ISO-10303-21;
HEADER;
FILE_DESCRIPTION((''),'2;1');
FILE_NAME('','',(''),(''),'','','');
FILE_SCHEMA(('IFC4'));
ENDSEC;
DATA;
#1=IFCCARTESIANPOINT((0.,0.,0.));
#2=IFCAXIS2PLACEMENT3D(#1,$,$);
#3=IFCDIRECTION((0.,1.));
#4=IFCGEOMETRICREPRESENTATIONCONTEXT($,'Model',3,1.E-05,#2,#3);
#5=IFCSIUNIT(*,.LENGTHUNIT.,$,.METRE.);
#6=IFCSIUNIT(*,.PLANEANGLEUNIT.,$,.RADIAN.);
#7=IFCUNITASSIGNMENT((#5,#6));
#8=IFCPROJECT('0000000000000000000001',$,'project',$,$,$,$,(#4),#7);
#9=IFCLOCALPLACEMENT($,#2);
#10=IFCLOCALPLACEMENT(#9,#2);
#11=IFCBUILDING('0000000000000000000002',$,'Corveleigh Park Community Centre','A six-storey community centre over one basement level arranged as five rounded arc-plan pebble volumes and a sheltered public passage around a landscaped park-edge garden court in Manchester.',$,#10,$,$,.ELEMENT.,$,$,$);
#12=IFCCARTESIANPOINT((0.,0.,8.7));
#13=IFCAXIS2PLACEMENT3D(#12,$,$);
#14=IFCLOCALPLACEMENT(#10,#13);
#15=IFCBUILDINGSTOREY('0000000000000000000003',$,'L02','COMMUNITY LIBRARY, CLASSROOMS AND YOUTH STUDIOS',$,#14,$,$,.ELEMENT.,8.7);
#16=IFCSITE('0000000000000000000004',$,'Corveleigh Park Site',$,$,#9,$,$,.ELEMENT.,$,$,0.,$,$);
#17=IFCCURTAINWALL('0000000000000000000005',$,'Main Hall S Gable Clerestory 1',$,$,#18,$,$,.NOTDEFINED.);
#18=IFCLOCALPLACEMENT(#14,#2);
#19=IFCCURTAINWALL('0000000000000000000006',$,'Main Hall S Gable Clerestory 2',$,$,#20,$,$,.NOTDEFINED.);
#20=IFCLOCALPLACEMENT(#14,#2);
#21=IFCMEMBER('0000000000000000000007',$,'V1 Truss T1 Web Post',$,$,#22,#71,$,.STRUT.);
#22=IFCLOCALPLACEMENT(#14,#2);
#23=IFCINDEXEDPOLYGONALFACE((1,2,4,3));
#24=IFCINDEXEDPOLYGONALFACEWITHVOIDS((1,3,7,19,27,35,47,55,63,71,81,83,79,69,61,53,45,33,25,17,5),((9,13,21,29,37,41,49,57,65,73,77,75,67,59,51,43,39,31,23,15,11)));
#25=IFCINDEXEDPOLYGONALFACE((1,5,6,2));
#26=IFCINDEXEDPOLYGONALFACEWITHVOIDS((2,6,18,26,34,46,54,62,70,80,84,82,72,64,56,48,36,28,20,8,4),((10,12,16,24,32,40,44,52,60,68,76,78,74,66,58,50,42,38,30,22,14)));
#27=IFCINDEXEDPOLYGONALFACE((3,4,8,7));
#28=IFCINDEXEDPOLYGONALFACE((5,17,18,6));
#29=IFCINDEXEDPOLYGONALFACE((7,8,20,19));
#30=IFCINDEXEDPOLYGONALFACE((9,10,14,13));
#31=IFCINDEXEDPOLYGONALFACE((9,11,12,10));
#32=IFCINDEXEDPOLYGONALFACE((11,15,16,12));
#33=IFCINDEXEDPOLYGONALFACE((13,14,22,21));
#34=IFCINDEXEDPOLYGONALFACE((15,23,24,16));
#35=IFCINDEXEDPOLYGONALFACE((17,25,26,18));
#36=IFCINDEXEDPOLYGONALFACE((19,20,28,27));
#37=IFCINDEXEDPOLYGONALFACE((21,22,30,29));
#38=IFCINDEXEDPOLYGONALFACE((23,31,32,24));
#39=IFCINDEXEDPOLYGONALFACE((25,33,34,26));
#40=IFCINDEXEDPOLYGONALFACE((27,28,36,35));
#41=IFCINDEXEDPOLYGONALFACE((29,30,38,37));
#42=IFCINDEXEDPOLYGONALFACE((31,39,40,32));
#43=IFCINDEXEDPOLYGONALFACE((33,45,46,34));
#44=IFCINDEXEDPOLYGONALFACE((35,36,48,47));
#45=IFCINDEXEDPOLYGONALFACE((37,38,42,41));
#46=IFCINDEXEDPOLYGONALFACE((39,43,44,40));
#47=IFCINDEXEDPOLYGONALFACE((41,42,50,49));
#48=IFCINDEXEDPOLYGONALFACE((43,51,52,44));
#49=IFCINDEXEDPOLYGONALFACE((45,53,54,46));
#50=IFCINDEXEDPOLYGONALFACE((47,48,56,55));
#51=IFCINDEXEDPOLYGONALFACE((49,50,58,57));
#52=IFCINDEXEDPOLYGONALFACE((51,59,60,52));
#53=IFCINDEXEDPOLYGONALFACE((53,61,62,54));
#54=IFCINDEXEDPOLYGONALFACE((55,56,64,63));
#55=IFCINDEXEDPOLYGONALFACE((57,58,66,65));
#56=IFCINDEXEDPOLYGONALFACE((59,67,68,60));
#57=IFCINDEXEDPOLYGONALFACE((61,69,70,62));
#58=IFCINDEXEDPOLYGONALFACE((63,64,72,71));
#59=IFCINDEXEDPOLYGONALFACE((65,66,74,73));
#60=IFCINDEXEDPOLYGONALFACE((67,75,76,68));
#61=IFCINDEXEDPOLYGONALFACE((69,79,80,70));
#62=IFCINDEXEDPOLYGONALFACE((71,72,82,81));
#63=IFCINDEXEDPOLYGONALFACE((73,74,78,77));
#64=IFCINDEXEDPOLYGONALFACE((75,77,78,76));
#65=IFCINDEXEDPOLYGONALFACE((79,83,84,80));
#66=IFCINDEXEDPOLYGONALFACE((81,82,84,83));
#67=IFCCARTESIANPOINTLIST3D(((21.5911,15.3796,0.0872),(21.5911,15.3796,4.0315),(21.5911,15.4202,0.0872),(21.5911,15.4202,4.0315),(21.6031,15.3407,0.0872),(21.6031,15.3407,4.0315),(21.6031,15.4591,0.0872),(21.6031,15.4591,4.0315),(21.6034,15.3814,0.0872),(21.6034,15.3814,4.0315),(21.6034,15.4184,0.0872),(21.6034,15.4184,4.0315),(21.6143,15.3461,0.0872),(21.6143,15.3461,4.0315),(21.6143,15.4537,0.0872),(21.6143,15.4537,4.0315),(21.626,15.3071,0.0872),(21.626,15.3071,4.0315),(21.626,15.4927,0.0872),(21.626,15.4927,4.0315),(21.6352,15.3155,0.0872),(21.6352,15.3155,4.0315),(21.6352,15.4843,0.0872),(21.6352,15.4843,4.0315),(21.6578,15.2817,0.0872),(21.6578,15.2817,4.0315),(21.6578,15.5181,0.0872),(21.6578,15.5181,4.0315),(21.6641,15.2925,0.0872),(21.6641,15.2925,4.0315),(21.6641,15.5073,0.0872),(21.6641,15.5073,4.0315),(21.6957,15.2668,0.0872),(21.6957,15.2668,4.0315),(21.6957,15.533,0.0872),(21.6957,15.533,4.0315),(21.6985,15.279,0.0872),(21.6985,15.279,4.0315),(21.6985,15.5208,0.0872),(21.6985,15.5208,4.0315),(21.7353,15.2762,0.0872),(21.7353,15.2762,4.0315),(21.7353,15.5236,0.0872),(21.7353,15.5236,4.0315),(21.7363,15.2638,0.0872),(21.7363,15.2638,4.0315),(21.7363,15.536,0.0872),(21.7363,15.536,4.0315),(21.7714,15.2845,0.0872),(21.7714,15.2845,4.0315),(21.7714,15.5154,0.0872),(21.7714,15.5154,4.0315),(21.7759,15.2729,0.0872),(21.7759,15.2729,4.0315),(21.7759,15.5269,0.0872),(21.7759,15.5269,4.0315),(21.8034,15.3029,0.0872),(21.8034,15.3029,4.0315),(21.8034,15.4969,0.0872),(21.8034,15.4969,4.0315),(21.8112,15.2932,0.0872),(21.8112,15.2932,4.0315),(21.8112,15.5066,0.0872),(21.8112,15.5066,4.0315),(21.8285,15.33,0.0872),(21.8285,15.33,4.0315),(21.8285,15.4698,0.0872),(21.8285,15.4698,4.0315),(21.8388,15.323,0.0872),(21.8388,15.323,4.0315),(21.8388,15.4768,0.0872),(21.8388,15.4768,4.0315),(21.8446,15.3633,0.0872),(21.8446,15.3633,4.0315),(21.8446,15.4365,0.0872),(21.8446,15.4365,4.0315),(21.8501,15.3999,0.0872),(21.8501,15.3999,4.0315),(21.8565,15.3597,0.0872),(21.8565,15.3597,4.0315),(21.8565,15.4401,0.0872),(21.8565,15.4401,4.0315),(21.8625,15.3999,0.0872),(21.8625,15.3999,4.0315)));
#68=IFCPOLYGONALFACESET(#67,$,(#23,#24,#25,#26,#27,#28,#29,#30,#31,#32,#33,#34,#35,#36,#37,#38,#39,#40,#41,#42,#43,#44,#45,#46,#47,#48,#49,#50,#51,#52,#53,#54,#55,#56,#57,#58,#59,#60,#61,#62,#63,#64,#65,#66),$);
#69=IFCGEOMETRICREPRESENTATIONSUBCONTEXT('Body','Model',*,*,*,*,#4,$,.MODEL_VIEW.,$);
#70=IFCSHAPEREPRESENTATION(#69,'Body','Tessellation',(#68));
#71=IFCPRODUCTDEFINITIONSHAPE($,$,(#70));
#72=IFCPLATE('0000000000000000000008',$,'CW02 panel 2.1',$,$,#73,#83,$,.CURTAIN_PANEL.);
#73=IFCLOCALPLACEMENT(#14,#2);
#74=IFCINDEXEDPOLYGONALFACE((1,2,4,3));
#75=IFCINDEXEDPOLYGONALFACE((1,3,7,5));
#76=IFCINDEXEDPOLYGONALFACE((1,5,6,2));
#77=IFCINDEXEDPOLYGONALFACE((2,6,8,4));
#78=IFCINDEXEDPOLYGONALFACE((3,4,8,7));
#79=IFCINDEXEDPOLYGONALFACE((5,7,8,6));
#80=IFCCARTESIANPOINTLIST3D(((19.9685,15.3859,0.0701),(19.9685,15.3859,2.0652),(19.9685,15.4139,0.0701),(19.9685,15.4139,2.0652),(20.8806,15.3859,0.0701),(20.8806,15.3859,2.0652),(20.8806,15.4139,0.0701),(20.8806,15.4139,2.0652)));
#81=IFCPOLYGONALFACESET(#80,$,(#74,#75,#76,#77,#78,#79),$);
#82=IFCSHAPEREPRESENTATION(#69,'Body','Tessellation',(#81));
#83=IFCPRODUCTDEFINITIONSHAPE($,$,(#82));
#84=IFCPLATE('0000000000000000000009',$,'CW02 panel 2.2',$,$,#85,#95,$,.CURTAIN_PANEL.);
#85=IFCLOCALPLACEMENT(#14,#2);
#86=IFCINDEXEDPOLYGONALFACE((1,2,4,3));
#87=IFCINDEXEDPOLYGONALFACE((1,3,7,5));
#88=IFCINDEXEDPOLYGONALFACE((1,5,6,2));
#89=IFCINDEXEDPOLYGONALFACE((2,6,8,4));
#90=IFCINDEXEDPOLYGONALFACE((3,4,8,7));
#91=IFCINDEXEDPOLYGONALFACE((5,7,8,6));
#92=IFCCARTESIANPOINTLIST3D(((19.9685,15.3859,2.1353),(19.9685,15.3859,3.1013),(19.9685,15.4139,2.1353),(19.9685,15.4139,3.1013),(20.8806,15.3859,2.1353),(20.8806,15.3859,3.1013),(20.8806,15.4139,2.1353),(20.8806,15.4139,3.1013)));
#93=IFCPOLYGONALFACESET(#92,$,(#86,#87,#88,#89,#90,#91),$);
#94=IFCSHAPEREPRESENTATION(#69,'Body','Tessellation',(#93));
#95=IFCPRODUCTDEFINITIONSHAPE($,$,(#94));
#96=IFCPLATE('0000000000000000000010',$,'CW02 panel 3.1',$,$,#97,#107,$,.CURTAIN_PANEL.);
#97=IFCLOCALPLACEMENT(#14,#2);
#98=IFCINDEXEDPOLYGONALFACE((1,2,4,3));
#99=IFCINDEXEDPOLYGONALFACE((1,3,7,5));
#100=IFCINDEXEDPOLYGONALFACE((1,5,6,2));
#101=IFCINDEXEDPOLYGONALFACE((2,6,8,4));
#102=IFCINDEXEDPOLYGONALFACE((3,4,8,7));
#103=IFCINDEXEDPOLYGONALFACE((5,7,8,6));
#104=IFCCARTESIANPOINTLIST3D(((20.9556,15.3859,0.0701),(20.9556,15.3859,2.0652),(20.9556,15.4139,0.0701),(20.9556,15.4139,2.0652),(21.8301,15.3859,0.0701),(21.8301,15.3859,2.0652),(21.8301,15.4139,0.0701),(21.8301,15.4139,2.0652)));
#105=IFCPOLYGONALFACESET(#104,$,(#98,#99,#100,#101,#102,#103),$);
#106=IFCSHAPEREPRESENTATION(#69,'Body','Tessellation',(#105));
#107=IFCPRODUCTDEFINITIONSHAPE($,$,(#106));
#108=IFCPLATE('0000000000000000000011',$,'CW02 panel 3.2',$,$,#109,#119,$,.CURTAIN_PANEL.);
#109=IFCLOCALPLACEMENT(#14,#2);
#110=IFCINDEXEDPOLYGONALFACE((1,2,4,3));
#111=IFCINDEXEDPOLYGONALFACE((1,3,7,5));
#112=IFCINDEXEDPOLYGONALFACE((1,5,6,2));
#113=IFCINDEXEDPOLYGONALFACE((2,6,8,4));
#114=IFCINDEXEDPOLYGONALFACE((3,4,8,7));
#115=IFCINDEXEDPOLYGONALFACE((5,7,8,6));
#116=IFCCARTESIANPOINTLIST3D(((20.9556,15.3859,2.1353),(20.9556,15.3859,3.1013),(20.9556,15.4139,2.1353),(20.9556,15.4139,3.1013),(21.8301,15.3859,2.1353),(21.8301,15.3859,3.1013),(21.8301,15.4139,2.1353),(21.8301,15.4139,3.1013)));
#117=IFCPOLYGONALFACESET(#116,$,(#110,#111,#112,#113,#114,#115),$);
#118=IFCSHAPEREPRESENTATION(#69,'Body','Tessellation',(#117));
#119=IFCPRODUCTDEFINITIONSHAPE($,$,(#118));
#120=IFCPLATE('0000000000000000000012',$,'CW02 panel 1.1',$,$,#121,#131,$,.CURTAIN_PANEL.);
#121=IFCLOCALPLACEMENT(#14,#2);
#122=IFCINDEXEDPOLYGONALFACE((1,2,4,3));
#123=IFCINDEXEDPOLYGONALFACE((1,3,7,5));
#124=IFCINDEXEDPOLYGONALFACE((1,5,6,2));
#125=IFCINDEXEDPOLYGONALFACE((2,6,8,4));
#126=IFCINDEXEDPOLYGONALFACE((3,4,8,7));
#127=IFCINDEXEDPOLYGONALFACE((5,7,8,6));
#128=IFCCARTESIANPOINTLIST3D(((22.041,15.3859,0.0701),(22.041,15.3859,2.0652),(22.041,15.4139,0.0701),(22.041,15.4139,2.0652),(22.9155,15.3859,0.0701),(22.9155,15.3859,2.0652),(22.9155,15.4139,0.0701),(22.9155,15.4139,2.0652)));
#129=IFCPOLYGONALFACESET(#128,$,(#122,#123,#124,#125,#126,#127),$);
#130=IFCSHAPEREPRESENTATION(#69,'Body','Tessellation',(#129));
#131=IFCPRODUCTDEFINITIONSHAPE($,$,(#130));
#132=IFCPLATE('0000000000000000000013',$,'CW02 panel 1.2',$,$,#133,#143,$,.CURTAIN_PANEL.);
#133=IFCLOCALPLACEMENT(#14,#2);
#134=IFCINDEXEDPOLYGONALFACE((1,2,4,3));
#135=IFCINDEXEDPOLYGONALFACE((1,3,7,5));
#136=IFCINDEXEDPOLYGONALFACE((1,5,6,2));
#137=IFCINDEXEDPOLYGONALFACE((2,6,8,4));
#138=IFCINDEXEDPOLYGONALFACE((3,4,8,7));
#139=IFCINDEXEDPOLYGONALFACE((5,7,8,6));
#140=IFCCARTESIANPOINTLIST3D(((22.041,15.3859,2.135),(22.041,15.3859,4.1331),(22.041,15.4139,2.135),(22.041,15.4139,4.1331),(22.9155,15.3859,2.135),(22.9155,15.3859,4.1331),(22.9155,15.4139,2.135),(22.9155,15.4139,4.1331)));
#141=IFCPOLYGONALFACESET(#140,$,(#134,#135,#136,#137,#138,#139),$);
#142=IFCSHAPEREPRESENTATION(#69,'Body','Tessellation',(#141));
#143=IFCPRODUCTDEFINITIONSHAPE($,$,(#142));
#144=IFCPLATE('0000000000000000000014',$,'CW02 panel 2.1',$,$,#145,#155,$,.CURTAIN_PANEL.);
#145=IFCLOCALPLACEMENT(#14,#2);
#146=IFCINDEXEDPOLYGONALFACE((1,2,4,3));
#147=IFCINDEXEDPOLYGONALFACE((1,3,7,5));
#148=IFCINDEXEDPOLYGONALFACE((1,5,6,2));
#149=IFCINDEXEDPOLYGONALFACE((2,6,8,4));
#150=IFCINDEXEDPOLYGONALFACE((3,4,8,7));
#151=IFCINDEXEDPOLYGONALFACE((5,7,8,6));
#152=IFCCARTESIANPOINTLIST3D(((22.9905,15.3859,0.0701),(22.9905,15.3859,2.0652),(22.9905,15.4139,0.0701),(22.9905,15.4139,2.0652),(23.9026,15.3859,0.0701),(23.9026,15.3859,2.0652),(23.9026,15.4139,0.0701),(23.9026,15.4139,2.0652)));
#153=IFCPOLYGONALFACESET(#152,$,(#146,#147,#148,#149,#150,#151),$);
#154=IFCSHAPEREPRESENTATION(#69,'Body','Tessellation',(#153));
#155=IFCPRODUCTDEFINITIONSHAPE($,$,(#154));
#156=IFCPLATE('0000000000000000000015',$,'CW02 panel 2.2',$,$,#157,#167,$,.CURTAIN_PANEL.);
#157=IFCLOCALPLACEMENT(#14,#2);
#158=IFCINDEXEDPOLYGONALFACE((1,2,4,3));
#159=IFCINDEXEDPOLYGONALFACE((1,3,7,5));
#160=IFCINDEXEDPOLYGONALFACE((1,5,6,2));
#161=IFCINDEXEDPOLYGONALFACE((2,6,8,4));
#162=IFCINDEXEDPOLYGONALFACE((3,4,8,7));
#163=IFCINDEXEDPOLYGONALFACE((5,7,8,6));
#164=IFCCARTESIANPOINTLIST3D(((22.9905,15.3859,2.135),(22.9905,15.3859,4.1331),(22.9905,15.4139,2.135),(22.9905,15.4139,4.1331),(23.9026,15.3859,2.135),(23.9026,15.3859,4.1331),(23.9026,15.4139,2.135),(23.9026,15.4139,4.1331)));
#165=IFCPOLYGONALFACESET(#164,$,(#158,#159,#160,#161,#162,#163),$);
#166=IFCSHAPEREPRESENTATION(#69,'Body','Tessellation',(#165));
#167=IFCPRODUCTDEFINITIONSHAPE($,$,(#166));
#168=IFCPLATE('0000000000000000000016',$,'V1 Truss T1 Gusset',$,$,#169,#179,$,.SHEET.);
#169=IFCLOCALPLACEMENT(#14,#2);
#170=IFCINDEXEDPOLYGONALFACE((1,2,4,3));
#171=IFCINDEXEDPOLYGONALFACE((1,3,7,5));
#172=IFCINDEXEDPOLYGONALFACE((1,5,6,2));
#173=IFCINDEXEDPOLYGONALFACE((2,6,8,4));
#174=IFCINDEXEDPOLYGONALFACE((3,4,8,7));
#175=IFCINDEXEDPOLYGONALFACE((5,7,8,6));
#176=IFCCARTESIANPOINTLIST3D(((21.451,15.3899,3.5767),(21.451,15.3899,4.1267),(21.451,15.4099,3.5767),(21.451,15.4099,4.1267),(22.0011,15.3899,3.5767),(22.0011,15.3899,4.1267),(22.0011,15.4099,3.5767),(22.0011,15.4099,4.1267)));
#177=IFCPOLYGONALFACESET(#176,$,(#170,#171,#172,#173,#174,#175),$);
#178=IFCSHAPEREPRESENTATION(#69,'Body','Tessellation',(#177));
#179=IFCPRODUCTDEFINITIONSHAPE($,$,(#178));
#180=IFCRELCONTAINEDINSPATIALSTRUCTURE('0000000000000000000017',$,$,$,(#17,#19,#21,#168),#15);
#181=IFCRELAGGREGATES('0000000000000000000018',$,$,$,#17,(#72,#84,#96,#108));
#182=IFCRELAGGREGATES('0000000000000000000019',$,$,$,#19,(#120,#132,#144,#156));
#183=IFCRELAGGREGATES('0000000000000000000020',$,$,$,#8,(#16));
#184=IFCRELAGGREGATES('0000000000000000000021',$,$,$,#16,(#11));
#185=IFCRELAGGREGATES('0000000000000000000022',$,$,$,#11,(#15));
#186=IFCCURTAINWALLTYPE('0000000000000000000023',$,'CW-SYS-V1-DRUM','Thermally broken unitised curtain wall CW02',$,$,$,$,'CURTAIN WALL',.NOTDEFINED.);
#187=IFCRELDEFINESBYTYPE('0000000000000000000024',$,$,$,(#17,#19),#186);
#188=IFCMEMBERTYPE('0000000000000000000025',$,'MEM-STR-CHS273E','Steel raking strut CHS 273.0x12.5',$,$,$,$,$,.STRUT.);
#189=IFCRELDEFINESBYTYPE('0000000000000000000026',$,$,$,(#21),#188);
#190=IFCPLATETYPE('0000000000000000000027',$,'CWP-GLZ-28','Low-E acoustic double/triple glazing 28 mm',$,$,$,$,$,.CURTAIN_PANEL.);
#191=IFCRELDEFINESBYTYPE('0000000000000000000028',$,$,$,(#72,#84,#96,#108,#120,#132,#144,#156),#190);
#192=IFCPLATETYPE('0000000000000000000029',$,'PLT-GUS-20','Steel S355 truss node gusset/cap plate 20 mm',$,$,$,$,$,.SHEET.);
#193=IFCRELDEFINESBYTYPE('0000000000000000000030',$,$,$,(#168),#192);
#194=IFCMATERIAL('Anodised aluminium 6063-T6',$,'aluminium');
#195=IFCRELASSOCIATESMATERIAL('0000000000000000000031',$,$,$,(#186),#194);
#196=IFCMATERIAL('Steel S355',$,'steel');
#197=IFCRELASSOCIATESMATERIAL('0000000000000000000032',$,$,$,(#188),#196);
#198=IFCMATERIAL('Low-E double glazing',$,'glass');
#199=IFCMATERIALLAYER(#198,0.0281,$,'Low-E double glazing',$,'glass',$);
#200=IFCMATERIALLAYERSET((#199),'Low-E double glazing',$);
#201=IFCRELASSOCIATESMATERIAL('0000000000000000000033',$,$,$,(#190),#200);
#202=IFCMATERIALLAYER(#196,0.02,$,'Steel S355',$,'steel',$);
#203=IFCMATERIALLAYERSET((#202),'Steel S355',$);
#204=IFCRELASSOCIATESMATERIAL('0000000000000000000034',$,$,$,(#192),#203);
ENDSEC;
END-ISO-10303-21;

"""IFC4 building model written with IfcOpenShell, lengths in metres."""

from ifc_helpers import new_model, si_unit, direction, frame, origin, origin_2d, place, context, subcontext, project, spatial, rectangle, hollow_circle, extrude, material, layer, layer_set, material_profile, profile_set, type_object, element, aggregate, save


model = new_model("IFC4")

# Units and contexts
model_context = context("Model", 3, precision=1e-05, world=origin(), true_north=direction((0.0, 1.0)))
body_context = subcontext(model_context, "Body", "Model", "MODEL_VIEW")
ifc_project = project(units=[si_unit("LENGTHUNIT", "METRE"), si_unit("PLANEANGLEUNIT", "RADIAN")], contexts=[model_context])

# Site, building, storey
site_placement = place(None, origin())
site = spatial("IfcSite", under=ifc_project, at=site_placement, Name="Corveleigh Park Site", CompositionType="ELEMENT", RefElevation=0.0)
building_placement = place(site_placement, origin())
building = spatial("IfcBuilding", under=site, at=building_placement, Name="Corveleigh Park Community Centre", Description="A six-storey community centre over one basement level arranged as five rounded arc-plan pebble volumes and a sheltered public passage around a landscaped park-edge garden court in Manchester.", CompositionType="ELEMENT")
storey_placement = place(building_placement, frame((0.0, 0.0, 8.7)))
storey = spatial("IfcBuildingStorey", under=building, at=storey_placement, Name="L02", Description="COMMUNITY LIBRARY, CLASSROOMS AND YOUTH STUDIOS", CompositionType="ELEMENT", Elevation=8.7)

# Curtain walls
ifc_material_1 = material(Name="Anodised aluminium 6063-T6", Category="aluminium")
curtain_wall_type = type_object("IfcCurtainWallType", Name="CW-SYS-V1-DRUM", Description="Thermally broken unitised curtain wall CW02", ElementType="CURTAIN WALL", PredefinedType="NOTDEFINED", material=ifc_material_1)
curtain_wall_1_placement = place(storey_placement, origin())
curtain_wall_1 = element("IfcCurtainWall", 1, at=curtain_wall_1_placement, inside=storey, type_object=curtain_wall_type, Name="Main Hall S Gable Clerestory 1", PredefinedType="NOTDEFINED")
curtain_wall_2_placement = place(storey_placement, origin())
curtain_wall_2 = element("IfcCurtainWall", 2, at=curtain_wall_2_placement, inside=storey, type_object=curtain_wall_type, Name="Main Hall S Gable Clerestory 2", PredefinedType="NOTDEFINED")

# Member
ifc_material_2 = material(Name="Steel S355", Category="steel")
ifc_material_profile_1 = material_profile(ifc_material_2, hollow_circle(Radius=0.1365, WallThickness=0.0125, at=origin_2d()), Name="CHS 273.0x12.5", Category="steel")
ifc_profile_set_1 = profile_set([ifc_material_profile_1], Name="Steel S355")
member_type_1 = type_object("IfcMemberType", Name="MEM-STR-CHS273E", Description="Steel raking strut CHS 273.0x12.5", PredefinedType="STRUT", material=ifc_profile_set_1)
member_1_placement = place(storey_placement, frame((21.7261, 15.3999, 0.0872), z_axis=(0.0, 0.0, 1.0), x_axis=(1.0, 0.0, 0.0)))
element("IfcMember", 3, at=member_1_placement, inside=storey, type_object=member_type_1, Name="V1 Truss T1 Web Post", PredefinedType="STRUT", context=body_context, shape_type="SweptSolid", body=[
    extrude(hollow_circle(Radius=0.1365, WallThickness=0.0125, at=origin_2d()), origin(), (0.0, 0.0, 1.0), 3.9443),
])

# Plates
ifc_material_3 = material(Name="Low-E double glazing", Category="glass")
ifc_layer_1 = layer(ifc_material_3, 0.0281, Name="Low-E double glazing", Category="glass")
ifc_layer_set_1 = layer_set([ifc_layer_1], Name="Low-E double glazing")
plate_type_1 = type_object("IfcPlateType", Name="CWP-GLZ-28", Description="Low-E acoustic double/triple glazing 28 mm", PredefinedType="CURTAIN_PANEL", material=ifc_layer_set_1)
plate_1_placement = place(storey_placement, frame((20.4246, 15.3999, 0.0701), z_axis=(0.0, 0.0, 1.0), x_axis=(1.0, 0.0, 0.0)))
plate_1 = element("IfcPlate", 4, at=plate_1_placement, type_object=plate_type_1, Name="CW02 panel 2.1", PredefinedType="CURTAIN_PANEL", context=body_context, shape_type="SweptSolid", body=[
    extrude(rectangle(XDim=0.9121, YDim=0.0281, at=origin_2d()), origin(), (0.0, 0.0, 1.0), 1.9951),
])
plate_2_placement = place(storey_placement, frame((20.4246, 15.3999, 2.1353), z_axis=(0.0, 0.0, 1.0), x_axis=(1.0, 0.0, 0.0)))
plate_2 = element("IfcPlate", 5, at=plate_2_placement, type_object=plate_type_1, Name="CW02 panel 2.2", PredefinedType="CURTAIN_PANEL", context=body_context, shape_type="SweptSolid", body=[
    extrude(rectangle(XDim=0.9121, YDim=0.0281, at=origin_2d()), origin(), (0.0, 0.0, 1.0), 0.9661),
])
plate_3_placement = place(storey_placement, frame((21.3928, 15.3999, 0.0701), z_axis=(0.0, 0.0, 1.0), x_axis=(1.0, 0.0, 0.0)))
plate_3 = element("IfcPlate", 6, at=plate_3_placement, type_object=plate_type_1, Name="CW02 panel 3.1", PredefinedType="CURTAIN_PANEL", context=body_context, shape_type="SweptSolid", body=[
    extrude(rectangle(XDim=0.8745, YDim=0.0281, at=origin_2d()), origin(), (0.0, 0.0, 1.0), 1.9951),
])
plate_4_placement = place(storey_placement, frame((21.3928, 15.3999, 2.1353), z_axis=(0.0, 0.0, 1.0), x_axis=(1.0, 0.0, 0.0)))
plate_4 = element("IfcPlate", 7, at=plate_4_placement, type_object=plate_type_1, Name="CW02 panel 3.2", PredefinedType="CURTAIN_PANEL", context=body_context, shape_type="SweptSolid", body=[
    extrude(rectangle(XDim=0.8745, YDim=0.0281, at=origin_2d()), origin(), (0.0, 0.0, 1.0), 0.9661),
])
aggregate(curtain_wall_1, [plate_1, plate_2, plate_3, plate_4])
plate_5_placement = place(storey_placement, frame((22.4783, 15.3999, 0.0701), z_axis=(0.0, 0.0, 1.0), x_axis=(1.0, 0.0, 0.0)))
plate_5 = element("IfcPlate", 8, at=plate_5_placement, type_object=plate_type_1, Name="CW02 panel 1.1", PredefinedType="CURTAIN_PANEL", context=body_context, shape_type="SweptSolid", body=[
    extrude(rectangle(XDim=0.8745, YDim=0.0281, at=origin_2d()), origin(), (0.0, 0.0, 1.0), 1.9951),
])
plate_6_placement = place(storey_placement, frame((22.4783, 15.3999, 2.135), z_axis=(0.0, 0.0, 1.0), x_axis=(1.0, 0.0, 0.0)))
plate_6 = element("IfcPlate", 9, at=plate_6_placement, type_object=plate_type_1, Name="CW02 panel 1.2", PredefinedType="CURTAIN_PANEL", context=body_context, shape_type="SweptSolid", body=[
    extrude(rectangle(XDim=0.8745, YDim=0.0281, at=origin_2d()), origin(), (0.0, 0.0, 1.0), 1.998),
])
plate_7_placement = place(storey_placement, frame((23.4465, 15.3999, 0.0701), z_axis=(0.0, 0.0, 1.0), x_axis=(1.0, 0.0, 0.0)))
plate_7 = element("IfcPlate", 10, at=plate_7_placement, type_object=plate_type_1, Name="CW02 panel 2.1", PredefinedType="CURTAIN_PANEL", context=body_context, shape_type="SweptSolid", body=[
    extrude(rectangle(XDim=0.9121, YDim=0.0281, at=origin_2d()), origin(), (0.0, 0.0, 1.0), 1.9951),
])
plate_8_placement = place(storey_placement, frame((23.4465, 15.3999, 2.135), z_axis=(0.0, 0.0, 1.0), x_axis=(1.0, 0.0, 0.0)))
plate_8 = element("IfcPlate", 11, at=plate_8_placement, type_object=plate_type_1, Name="CW02 panel 2.2", PredefinedType="CURTAIN_PANEL", context=body_context, shape_type="SweptSolid", body=[
    extrude(rectangle(XDim=0.9121, YDim=0.0281, at=origin_2d()), origin(), (0.0, 0.0, 1.0), 1.998),
])
aggregate(curtain_wall_2, [plate_5, plate_6, plate_7, plate_8])
ifc_layer_2 = layer(ifc_material_2, 0.02, Name="Steel S355", Category="steel")
ifc_layer_set_2 = layer_set([ifc_layer_2], Name="Steel S355")
plate_type_2 = type_object("IfcPlateType", Name="PLT-GUS-20", Description="Steel S355 truss node gusset/cap plate 20 mm", PredefinedType="SHEET", material=ifc_layer_set_2)
plate_9_placement = place(storey_placement, frame((21.7261, 15.3999, 3.5767), z_axis=(0.0, 0.0, 1.0), x_axis=(1.0, 0.0, 0.0)))
element("IfcPlate", 12, at=plate_9_placement, inside=storey, type_object=plate_type_2, Name="V1 Truss T1 Gusset", PredefinedType="SHEET", context=body_context, shape_type="SweptSolid", body=[
    extrude(rectangle(XDim=0.55, YDim=0.02, at=origin_2d()), origin(), (0.0, 0.0, 1.0), 0.55),
])

save(model, "model.ifc")
